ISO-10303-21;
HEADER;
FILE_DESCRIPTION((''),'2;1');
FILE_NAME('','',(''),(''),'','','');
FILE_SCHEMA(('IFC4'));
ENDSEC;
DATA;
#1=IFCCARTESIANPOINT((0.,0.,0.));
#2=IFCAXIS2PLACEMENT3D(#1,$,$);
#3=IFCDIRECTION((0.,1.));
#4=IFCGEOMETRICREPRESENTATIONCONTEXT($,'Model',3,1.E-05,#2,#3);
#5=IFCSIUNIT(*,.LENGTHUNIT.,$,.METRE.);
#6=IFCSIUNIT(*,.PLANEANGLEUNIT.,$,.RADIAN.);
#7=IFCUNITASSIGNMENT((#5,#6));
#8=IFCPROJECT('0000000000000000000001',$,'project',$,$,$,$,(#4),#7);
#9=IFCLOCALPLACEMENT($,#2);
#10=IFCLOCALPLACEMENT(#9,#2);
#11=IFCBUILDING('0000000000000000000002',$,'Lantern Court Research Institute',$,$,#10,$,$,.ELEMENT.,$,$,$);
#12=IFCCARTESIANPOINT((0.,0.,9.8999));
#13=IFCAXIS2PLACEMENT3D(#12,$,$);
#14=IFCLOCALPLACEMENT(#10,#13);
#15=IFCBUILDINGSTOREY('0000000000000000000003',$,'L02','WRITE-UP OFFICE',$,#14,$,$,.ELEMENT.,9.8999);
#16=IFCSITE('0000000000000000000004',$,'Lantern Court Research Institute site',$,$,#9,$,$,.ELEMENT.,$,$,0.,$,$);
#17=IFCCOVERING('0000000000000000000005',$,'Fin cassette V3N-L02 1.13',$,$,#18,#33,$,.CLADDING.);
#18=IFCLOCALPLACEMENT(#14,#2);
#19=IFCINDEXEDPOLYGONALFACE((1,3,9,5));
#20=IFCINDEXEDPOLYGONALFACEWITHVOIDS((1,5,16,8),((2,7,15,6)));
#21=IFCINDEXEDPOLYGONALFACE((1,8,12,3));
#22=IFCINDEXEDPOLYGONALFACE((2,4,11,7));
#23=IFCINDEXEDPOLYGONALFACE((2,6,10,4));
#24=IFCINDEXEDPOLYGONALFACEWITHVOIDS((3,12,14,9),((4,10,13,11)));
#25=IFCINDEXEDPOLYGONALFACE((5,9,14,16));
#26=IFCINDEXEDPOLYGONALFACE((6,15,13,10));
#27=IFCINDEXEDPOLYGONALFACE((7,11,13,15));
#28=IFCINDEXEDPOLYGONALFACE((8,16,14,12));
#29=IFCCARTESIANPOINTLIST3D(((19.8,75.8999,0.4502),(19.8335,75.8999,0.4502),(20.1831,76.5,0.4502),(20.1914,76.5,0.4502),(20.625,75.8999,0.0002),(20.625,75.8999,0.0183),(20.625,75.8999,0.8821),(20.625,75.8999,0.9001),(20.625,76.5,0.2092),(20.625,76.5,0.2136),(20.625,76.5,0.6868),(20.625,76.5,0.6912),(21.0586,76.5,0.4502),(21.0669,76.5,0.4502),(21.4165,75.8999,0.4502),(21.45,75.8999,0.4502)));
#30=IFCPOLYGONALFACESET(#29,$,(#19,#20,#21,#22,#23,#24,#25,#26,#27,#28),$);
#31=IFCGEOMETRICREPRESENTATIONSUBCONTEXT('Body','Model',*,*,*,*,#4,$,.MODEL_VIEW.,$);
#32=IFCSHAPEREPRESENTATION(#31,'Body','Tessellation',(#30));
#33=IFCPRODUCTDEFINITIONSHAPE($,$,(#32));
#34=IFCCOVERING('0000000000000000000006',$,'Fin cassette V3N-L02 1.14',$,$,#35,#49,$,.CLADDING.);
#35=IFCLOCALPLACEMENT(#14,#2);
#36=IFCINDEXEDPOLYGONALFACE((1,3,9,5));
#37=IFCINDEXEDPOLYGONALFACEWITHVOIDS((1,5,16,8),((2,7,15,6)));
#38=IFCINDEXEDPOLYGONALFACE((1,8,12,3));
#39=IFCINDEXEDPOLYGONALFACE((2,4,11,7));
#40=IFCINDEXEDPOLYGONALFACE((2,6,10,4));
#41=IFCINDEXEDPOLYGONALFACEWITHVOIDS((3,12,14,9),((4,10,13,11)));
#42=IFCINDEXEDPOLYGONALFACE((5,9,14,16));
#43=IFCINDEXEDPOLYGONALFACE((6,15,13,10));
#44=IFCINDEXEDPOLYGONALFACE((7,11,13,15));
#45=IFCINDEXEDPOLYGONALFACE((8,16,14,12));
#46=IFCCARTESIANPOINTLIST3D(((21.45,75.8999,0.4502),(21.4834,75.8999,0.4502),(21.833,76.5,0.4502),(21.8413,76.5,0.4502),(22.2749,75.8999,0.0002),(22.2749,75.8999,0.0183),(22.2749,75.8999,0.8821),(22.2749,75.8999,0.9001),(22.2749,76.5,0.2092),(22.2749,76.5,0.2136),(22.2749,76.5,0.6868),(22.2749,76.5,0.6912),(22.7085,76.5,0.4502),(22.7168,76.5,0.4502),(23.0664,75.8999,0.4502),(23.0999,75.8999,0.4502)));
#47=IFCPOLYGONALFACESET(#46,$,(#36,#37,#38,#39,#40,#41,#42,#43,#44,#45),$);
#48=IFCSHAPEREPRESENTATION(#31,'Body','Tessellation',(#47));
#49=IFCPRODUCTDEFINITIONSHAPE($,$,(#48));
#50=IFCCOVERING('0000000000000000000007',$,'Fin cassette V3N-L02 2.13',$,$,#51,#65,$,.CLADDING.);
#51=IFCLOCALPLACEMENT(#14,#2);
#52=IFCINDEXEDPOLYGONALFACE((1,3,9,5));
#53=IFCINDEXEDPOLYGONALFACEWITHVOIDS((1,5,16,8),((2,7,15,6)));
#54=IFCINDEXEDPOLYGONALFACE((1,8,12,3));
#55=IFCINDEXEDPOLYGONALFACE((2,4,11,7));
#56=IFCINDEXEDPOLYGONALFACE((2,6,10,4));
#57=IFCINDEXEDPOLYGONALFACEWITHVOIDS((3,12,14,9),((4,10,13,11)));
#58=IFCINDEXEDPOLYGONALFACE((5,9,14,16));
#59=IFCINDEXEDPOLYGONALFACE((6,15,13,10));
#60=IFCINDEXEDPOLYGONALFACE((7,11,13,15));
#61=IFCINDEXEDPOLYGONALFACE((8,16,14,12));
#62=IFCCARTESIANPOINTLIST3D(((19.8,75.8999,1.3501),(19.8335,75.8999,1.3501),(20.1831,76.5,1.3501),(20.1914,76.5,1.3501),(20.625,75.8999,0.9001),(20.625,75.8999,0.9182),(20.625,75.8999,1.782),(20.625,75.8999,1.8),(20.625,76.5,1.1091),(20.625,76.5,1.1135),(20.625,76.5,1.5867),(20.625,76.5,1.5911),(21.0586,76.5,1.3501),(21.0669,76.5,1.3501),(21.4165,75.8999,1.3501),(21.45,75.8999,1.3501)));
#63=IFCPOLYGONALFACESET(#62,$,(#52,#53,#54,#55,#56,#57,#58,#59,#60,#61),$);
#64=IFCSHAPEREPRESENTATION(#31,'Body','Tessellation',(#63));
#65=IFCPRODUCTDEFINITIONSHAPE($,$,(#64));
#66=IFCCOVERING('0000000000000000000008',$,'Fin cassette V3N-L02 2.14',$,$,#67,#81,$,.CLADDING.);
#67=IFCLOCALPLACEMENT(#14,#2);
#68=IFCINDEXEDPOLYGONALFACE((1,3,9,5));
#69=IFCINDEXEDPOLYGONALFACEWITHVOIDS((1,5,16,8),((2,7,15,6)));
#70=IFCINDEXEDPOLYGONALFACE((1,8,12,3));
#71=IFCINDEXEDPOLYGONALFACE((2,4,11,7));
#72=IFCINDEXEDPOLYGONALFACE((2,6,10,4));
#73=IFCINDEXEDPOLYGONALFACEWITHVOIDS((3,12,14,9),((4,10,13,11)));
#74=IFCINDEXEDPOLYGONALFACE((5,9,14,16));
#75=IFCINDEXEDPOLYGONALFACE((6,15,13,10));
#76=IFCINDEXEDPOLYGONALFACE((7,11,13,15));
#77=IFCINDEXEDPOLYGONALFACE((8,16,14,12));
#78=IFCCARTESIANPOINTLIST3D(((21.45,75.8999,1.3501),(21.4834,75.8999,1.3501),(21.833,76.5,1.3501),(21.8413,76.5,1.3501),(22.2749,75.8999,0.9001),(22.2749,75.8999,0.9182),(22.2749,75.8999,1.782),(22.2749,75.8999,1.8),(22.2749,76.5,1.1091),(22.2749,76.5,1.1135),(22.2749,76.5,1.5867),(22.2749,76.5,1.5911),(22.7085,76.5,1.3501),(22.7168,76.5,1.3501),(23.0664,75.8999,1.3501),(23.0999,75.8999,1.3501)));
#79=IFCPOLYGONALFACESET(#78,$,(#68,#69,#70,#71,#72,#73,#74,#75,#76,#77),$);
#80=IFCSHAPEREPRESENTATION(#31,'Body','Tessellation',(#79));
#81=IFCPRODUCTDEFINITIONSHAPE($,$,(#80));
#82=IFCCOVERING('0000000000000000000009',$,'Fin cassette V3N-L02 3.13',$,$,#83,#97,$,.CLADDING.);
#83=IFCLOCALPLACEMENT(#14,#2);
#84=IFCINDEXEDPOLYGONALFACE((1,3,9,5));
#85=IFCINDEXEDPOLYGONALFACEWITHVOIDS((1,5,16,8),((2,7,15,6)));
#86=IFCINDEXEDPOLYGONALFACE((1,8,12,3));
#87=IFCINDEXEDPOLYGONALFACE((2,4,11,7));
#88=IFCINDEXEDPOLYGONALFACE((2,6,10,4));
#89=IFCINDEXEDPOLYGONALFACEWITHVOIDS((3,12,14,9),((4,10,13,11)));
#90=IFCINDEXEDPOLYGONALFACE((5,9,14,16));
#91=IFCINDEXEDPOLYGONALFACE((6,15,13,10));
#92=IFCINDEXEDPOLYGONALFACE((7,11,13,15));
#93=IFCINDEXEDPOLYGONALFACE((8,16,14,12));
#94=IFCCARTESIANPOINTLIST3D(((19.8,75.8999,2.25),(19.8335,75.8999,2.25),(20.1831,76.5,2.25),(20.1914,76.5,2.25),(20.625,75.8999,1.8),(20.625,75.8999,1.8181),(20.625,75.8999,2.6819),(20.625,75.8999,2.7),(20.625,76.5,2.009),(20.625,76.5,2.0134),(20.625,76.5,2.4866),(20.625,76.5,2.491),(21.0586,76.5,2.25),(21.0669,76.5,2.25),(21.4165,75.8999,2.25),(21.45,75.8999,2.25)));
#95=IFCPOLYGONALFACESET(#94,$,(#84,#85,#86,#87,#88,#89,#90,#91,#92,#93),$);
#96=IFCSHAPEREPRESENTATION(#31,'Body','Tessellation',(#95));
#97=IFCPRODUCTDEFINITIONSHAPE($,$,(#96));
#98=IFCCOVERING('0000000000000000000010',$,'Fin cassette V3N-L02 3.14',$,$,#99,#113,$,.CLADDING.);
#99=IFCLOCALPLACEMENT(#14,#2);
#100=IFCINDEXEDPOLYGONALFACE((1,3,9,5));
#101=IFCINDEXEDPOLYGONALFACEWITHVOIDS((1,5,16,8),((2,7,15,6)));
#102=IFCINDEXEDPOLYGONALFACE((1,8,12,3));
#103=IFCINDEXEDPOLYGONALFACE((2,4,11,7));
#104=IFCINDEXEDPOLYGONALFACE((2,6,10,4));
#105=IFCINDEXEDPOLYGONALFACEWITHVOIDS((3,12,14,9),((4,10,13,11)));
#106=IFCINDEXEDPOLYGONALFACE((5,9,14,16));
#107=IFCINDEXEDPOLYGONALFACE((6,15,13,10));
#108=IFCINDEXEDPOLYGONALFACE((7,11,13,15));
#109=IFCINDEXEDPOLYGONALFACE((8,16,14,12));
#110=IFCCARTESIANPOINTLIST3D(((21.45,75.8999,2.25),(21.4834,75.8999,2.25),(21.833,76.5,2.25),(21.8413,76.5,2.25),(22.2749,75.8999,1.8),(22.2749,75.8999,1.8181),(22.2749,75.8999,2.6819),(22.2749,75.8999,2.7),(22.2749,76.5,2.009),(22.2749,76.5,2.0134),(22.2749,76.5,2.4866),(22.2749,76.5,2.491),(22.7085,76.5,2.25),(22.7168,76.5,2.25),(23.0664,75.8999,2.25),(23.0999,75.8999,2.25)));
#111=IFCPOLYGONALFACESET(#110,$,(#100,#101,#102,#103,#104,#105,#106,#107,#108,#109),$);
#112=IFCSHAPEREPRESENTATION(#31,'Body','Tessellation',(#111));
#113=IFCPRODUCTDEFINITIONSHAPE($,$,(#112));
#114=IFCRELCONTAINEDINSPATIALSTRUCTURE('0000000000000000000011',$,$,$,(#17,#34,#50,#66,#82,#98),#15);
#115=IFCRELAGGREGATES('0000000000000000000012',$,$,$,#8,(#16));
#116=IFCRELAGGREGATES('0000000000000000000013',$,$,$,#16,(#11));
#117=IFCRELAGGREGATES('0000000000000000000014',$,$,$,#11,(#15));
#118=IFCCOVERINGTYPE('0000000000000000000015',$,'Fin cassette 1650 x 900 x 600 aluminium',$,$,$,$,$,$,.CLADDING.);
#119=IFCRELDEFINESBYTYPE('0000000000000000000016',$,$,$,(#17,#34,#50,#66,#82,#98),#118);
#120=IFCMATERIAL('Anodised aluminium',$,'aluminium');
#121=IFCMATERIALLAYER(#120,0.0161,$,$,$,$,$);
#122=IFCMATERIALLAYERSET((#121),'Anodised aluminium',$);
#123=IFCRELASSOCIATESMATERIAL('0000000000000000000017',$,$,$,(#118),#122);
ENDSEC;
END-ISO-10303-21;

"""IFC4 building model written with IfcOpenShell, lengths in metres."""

from ifc_helpers import new_model, entity, si_unit, direction, frame, origin, place, context, subcontext, project, spatial, material, layer, layer_set, type_object, element, save


model = new_model("IFC4")

# Units and contexts
model_context = context("Model", 3, precision=1e-05, world=origin(), true_north=direction((0.0, 1.0)))
body_context = subcontext(model_context, "Body", "Model", "MODEL_VIEW")
ifc_project = project(units=[si_unit("LENGTHUNIT", "METRE"), si_unit("PLANEANGLEUNIT", "RADIAN")], contexts=[model_context])

# Site, building, storey
site_placement = place(None, origin())
site = spatial("IfcSite", under=ifc_project, at=site_placement, Name="Lantern Court Research Institute site", CompositionType="ELEMENT", RefElevation=0.0)
building_placement = place(site_placement, origin())
building = spatial("IfcBuilding", under=site, at=building_placement, Name="Lantern Court Research Institute", CompositionType="ELEMENT")
storey_placement = place(building_placement, frame((0.0, 0.0, 9.8999)))
storey = spatial("IfcBuildingStorey", under=building, at=storey_placement, Name="L02", Description="WRITE-UP OFFICE", CompositionType="ELEMENT", Elevation=9.8999)

# Coverings
ifc_material_1 = material(Name="Anodised aluminium", Category="aluminium")
ifc_layer_1 = layer(ifc_material_1, 0.0161)
ifc_layer_set_1 = layer_set([ifc_layer_1], Name="Anodised aluminium")
covering_type = type_object("IfcCoveringType", Name="Fin cassette 1650 x 900 x 600 aluminium", PredefinedType="CLADDING", material=ifc_layer_set_1)
covering_1_placement = place(storey_placement, frame((20.625, 75.8999, 0.4502), z_axis=(0.0, 1.0, 0.0), x_axis=(-1.0, 0.0, 0.0)))
cartesian_point_1 = entity("IfcCartesianPoint", [0.825, 0.0])
cartesian_point_2 = entity("IfcCartesianPoint", [0.7915, 0.0])
cartesian_point_3 = entity("IfcCartesianPoint", [0.4419, 0.0])
cartesian_point_4 = entity("IfcCartesianPoint", [0.4336, 0.0])
element("IfcCovering", 1, at=covering_1_placement, inside=storey, type_object=covering_type, Name="Fin cassette V3N-L02 1.13", PredefinedType="CLADDING", context=body_context, shape_type="SweptSolid", body=[
    entity("IfcExtrudedAreaSolidTapered", entity("IfcArbitraryProfileDefWithVoids", "AREA", None, entity("IfcPolyline", [cartesian_point_1, entity("IfcCartesianPoint", [0.0, 0.45]), entity("IfcCartesianPoint", [-0.825, 0.0]), entity("IfcCartesianPoint", [0.0, -0.45]), cartesian_point_1]), [entity("IfcPolyline", [cartesian_point_2, entity("IfcCartesianPoint", [0.0, 0.4319]), entity("IfcCartesianPoint", [-0.7915, 0.0]), entity("IfcCartesianPoint", [0.0, -0.4319]), cartesian_point_2])]), entity("IfcAxis2Placement3D", entity("IfcCartesianPoint", [0.0, 0.0, 0.0])), entity("IfcDirection", [0.0, 0.0, 1.0]), 0.6001, entity("IfcArbitraryProfileDefWithVoids", "AREA", None, entity("IfcPolyline", [cartesian_point_3, entity("IfcCartesianPoint", [0.0, 0.241]), entity("IfcCartesianPoint", [-0.4419, 0.0]), entity("IfcCartesianPoint", [0.0, -0.241]), cartesian_point_3]), [entity("IfcPolyline", [cartesian_point_4, entity("IfcCartesianPoint", [0.0, 0.2366]), entity("IfcCartesianPoint", [-0.4336, 0.0]), entity("IfcCartesianPoint", [0.0, -0.2366]), cartesian_point_4])])),
])
covering_2_placement = place(storey_placement, frame((22.2749, 75.8999, 0.4502), z_axis=(0.0, 1.0, 0.0), x_axis=(-1.0, 0.0, 0.0)))
cartesian_point_5 = entity("IfcCartesianPoint", [0.825, 0.0])
cartesian_point_6 = entity("IfcCartesianPoint", [0.7915, 0.0])
cartesian_point_7 = entity("IfcCartesianPoint", [0.4419, 0.0])
cartesian_point_8 = entity("IfcCartesianPoint", [0.4336, 0.0])
element("IfcCovering", 2, at=covering_2_placement, inside=storey, type_object=covering_type, Name="Fin cassette V3N-L02 1.14", PredefinedType="CLADDING", context=body_context, shape_type="SweptSolid", body=[
    entity("IfcExtrudedAreaSolidTapered", entity("IfcArbitraryProfileDefWithVoids", "AREA", None, entity("IfcPolyline", [cartesian_point_5, entity("IfcCartesianPoint", [0.0, 0.45]), entity("IfcCartesianPoint", [-0.825, 0.0]), entity("IfcCartesianPoint", [0.0, -0.45]), cartesian_point_5]), [entity("IfcPolyline", [cartesian_point_6, entity("IfcCartesianPoint", [0.0, 0.4319]), entity("IfcCartesianPoint", [-0.7915, 0.0]), entity("IfcCartesianPoint", [0.0, -0.4319]), cartesian_point_6])]), entity("IfcAxis2Placement3D", entity("IfcCartesianPoint", [0.0, 0.0, 0.0])), entity("IfcDirection", [0.0, 0.0, 1.0]), 0.6001, entity("IfcArbitraryProfileDefWithVoids", "AREA", None, entity("IfcPolyline", [cartesian_point_7, entity("IfcCartesianPoint", [0.0, 0.241]), entity("IfcCartesianPoint", [-0.4419, 0.0]), entity("IfcCartesianPoint", [0.0, -0.241]), cartesian_point_7]), [entity("IfcPolyline", [cartesian_point_8, entity("IfcCartesianPoint", [0.0, 0.2366]), entity("IfcCartesianPoint", [-0.4336, 0.0]), entity("IfcCartesianPoint", [0.0, -0.2366]), cartesian_point_8])])),
])
covering_3_placement = place(storey_placement, frame((20.625, 75.8999, 1.3501), z_axis=(0.0, 1.0, 0.0), x_axis=(-1.0, 0.0, 0.0)))
cartesian_point_9 = entity("IfcCartesianPoint", [0.825, 0.0])
cartesian_point_10 = entity("IfcCartesianPoint", [0.7915, 0.0])
cartesian_point_11 = entity("IfcCartesianPoint", [0.4419, 0.0])
cartesian_point_12 = entity("IfcCartesianPoint", [0.4336, 0.0])
element("IfcCovering", 3, at=covering_3_placement, inside=storey, type_object=covering_type, Name="Fin cassette V3N-L02 2.13", PredefinedType="CLADDING", context=body_context, shape_type="SweptSolid", body=[
    entity("IfcExtrudedAreaSolidTapered", entity("IfcArbitraryProfileDefWithVoids", "AREA", None, entity("IfcPolyline", [cartesian_point_9, entity("IfcCartesianPoint", [0.0, 0.45]), entity("IfcCartesianPoint", [-0.825, 0.0]), entity("IfcCartesianPoint", [0.0, -0.45]), cartesian_point_9]), [entity("IfcPolyline", [cartesian_point_10, entity("IfcCartesianPoint", [0.0, 0.4319]), entity("IfcCartesianPoint", [-0.7915, 0.0]), entity("IfcCartesianPoint", [0.0, -0.4319]), cartesian_point_10])]), entity("IfcAxis2Placement3D", entity("IfcCartesianPoint", [0.0, 0.0, 0.0])), entity("IfcDirection", [0.0, 0.0, 1.0]), 0.6001, entity("IfcArbitraryProfileDefWithVoids", "AREA", None, entity("IfcPolyline", [cartesian_point_11, entity("IfcCartesianPoint", [0.0, 0.241]), entity("IfcCartesianPoint", [-0.4419, 0.0]), entity("IfcCartesianPoint", [0.0, -0.241]), cartesian_point_11]), [entity("IfcPolyline", [cartesian_point_12, entity("IfcCartesianPoint", [0.0, 0.2366]), entity("IfcCartesianPoint", [-0.4336, 0.0]), entity("IfcCartesianPoint", [0.0, -0.2366]), cartesian_point_12])])),
])
covering_4_placement = place(storey_placement, frame((22.2749, 75.8999, 1.3501), z_axis=(0.0, 1.0, 0.0), x_axis=(-1.0, 0.0, 0.0)))
cartesian_point_13 = entity("IfcCartesianPoint", [0.825, 0.0])
cartesian_point_14 = entity("IfcCartesianPoint", [0.7915, 0.0])
cartesian_point_15 = entity("IfcCartesianPoint", [0.4419, 0.0])
cartesian_point_16 = entity("IfcCartesianPoint", [0.4336, 0.0])
element("IfcCovering", 4, at=covering_4_placement, inside=storey, type_object=covering_type, Name="Fin cassette V3N-L02 2.14", PredefinedType="CLADDING", context=body_context, shape_type="SweptSolid", body=[
    entity("IfcExtrudedAreaSolidTapered", entity("IfcArbitraryProfileDefWithVoids", "AREA", None, entity("IfcPolyline", [cartesian_point_13, entity("IfcCartesianPoint", [0.0, 0.45]), entity("IfcCartesianPoint", [-0.825, 0.0]), entity("IfcCartesianPoint", [0.0, -0.45]), cartesian_point_13]), [entity("IfcPolyline", [cartesian_point_14, entity("IfcCartesianPoint", [0.0, 0.4319]), entity("IfcCartesianPoint", [-0.7915, 0.0]), entity("IfcCartesianPoint", [0.0, -0.4319]), cartesian_point_14])]), entity("IfcAxis2Placement3D", entity("IfcCartesianPoint", [0.0, 0.0, 0.0])), entity("IfcDirection", [0.0, 0.0, 1.0]), 0.6001, entity("IfcArbitraryProfileDefWithVoids", "AREA", None, entity("IfcPolyline", [cartesian_point_15, entity("IfcCartesianPoint", [0.0, 0.241]), entity("IfcCartesianPoint", [-0.4419, 0.0]), entity("IfcCartesianPoint", [0.0, -0.241]), cartesian_point_15]), [entity("IfcPolyline", [cartesian_point_16, entity("IfcCartesianPoint", [0.0, 0.2366]), entity("IfcCartesianPoint", [-0.4336, 0.0]), entity("IfcCartesianPoint", [0.0, -0.2366]), cartesian_point_16])])),
])
covering_5_placement = place(storey_placement, frame((20.625, 75.8999, 2.25), z_axis=(0.0, 1.0, 0.0), x_axis=(-1.0, 0.0, 0.0)))
cartesian_point_17 = entity("IfcCartesianPoint", [0.825, 0.0])
cartesian_point_18 = entity("IfcCartesianPoint", [0.7915, 0.0])
cartesian_point_19 = entity("IfcCartesianPoint", [0.4419, 0.0])
cartesian_point_20 = entity("IfcCartesianPoint", [0.4336, 0.0])
element("IfcCovering", 5, at=covering_5_placement, inside=storey, type_object=covering_type, Name="Fin cassette V3N-L02 3.13", PredefinedType="CLADDING", context=body_context, shape_type="SweptSolid", body=[
    entity("IfcExtrudedAreaSolidTapered", entity("IfcArbitraryProfileDefWithVoids", "AREA", None, entity("IfcPolyline", [cartesian_point_17, entity("IfcCartesianPoint", [0.0, 0.45]), entity("IfcCartesianPoint", [-0.825, 0.0]), entity("IfcCartesianPoint", [0.0, -0.45]), cartesian_point_17]), [entity("IfcPolyline", [cartesian_point_18, entity("IfcCartesianPoint", [0.0, 0.4319]), entity("IfcCartesianPoint", [-0.7915, 0.0]), entity("IfcCartesianPoint", [0.0, -0.4319]), cartesian_point_18])]), entity("IfcAxis2Placement3D", entity("IfcCartesianPoint", [0.0, 0.0, 0.0])), entity("IfcDirection", [0.0, 0.0, 1.0]), 0.6001, entity("IfcArbitraryProfileDefWithVoids", "AREA", None, entity("IfcPolyline", [cartesian_point_19, entity("IfcCartesianPoint", [0.0, 0.241]), entity("IfcCartesianPoint", [-0.4419, 0.0]), entity("IfcCartesianPoint", [0.0, -0.241]), cartesian_point_19]), [entity("IfcPolyline", [cartesian_point_20, entity("IfcCartesianPoint", [0.0, 0.2366]), entity("IfcCartesianPoint", [-0.4336, 0.0]), entity("IfcCartesianPoint", [0.0, -0.2366]), cartesian_point_20])])),
])
covering_6_placement = place(storey_placement, frame((22.2749, 75.8999, 2.25), z_axis=(0.0, 1.0, 0.0), x_axis=(-1.0, 0.0, 0.0)))
cartesian_point_21 = entity("IfcCartesianPoint", [0.825, 0.0])
cartesian_point_22 = entity("IfcCartesianPoint", [0.7915, 0.0])
cartesian_point_23 = entity("IfcCartesianPoint", [0.4419, 0.0])
cartesian_point_24 = entity("IfcCartesianPoint", [0.4336, 0.0])
element("IfcCovering", 6, at=covering_6_placement, inside=storey, type_object=covering_type, Name="Fin cassette V3N-L02 3.14", PredefinedType="CLADDING", context=body_context, shape_type="SweptSolid", body=[
    entity("IfcExtrudedAreaSolidTapered", entity("IfcArbitraryProfileDefWithVoids", "AREA", None, entity("IfcPolyline", [cartesian_point_21, entity("IfcCartesianPoint", [0.0, 0.45]), entity("IfcCartesianPoint", [-0.825, 0.0]), entity("IfcCartesianPoint", [0.0, -0.45]), cartesian_point_21]), [entity("IfcPolyline", [cartesian_point_22, entity("IfcCartesianPoint", [0.0, 0.4319]), entity("IfcCartesianPoint", [-0.7915, 0.0]), entity("IfcCartesianPoint", [0.0, -0.4319]), cartesian_point_22])]), entity("IfcAxis2Placement3D", entity("IfcCartesianPoint", [0.0, 0.0, 0.0])), entity("IfcDirection", [0.0, 0.0, 1.0]), 0.6001, entity("IfcArbitraryProfileDefWithVoids", "AREA", None, entity("IfcPolyline", [cartesian_point_23, entity("IfcCartesianPoint", [0.0, 0.241]), entity("IfcCartesianPoint", [-0.4419, 0.0]), entity("IfcCartesianPoint", [0.0, -0.241]), cartesian_point_23]), [entity("IfcPolyline", [cartesian_point_24, entity("IfcCartesianPoint", [0.0, 0.2366]), entity("IfcCartesianPoint", [-0.4336, 0.0]), entity("IfcCartesianPoint", [0.0, -0.2366]), cartesian_point_24])])),
])

save(model, "model.ifc")
